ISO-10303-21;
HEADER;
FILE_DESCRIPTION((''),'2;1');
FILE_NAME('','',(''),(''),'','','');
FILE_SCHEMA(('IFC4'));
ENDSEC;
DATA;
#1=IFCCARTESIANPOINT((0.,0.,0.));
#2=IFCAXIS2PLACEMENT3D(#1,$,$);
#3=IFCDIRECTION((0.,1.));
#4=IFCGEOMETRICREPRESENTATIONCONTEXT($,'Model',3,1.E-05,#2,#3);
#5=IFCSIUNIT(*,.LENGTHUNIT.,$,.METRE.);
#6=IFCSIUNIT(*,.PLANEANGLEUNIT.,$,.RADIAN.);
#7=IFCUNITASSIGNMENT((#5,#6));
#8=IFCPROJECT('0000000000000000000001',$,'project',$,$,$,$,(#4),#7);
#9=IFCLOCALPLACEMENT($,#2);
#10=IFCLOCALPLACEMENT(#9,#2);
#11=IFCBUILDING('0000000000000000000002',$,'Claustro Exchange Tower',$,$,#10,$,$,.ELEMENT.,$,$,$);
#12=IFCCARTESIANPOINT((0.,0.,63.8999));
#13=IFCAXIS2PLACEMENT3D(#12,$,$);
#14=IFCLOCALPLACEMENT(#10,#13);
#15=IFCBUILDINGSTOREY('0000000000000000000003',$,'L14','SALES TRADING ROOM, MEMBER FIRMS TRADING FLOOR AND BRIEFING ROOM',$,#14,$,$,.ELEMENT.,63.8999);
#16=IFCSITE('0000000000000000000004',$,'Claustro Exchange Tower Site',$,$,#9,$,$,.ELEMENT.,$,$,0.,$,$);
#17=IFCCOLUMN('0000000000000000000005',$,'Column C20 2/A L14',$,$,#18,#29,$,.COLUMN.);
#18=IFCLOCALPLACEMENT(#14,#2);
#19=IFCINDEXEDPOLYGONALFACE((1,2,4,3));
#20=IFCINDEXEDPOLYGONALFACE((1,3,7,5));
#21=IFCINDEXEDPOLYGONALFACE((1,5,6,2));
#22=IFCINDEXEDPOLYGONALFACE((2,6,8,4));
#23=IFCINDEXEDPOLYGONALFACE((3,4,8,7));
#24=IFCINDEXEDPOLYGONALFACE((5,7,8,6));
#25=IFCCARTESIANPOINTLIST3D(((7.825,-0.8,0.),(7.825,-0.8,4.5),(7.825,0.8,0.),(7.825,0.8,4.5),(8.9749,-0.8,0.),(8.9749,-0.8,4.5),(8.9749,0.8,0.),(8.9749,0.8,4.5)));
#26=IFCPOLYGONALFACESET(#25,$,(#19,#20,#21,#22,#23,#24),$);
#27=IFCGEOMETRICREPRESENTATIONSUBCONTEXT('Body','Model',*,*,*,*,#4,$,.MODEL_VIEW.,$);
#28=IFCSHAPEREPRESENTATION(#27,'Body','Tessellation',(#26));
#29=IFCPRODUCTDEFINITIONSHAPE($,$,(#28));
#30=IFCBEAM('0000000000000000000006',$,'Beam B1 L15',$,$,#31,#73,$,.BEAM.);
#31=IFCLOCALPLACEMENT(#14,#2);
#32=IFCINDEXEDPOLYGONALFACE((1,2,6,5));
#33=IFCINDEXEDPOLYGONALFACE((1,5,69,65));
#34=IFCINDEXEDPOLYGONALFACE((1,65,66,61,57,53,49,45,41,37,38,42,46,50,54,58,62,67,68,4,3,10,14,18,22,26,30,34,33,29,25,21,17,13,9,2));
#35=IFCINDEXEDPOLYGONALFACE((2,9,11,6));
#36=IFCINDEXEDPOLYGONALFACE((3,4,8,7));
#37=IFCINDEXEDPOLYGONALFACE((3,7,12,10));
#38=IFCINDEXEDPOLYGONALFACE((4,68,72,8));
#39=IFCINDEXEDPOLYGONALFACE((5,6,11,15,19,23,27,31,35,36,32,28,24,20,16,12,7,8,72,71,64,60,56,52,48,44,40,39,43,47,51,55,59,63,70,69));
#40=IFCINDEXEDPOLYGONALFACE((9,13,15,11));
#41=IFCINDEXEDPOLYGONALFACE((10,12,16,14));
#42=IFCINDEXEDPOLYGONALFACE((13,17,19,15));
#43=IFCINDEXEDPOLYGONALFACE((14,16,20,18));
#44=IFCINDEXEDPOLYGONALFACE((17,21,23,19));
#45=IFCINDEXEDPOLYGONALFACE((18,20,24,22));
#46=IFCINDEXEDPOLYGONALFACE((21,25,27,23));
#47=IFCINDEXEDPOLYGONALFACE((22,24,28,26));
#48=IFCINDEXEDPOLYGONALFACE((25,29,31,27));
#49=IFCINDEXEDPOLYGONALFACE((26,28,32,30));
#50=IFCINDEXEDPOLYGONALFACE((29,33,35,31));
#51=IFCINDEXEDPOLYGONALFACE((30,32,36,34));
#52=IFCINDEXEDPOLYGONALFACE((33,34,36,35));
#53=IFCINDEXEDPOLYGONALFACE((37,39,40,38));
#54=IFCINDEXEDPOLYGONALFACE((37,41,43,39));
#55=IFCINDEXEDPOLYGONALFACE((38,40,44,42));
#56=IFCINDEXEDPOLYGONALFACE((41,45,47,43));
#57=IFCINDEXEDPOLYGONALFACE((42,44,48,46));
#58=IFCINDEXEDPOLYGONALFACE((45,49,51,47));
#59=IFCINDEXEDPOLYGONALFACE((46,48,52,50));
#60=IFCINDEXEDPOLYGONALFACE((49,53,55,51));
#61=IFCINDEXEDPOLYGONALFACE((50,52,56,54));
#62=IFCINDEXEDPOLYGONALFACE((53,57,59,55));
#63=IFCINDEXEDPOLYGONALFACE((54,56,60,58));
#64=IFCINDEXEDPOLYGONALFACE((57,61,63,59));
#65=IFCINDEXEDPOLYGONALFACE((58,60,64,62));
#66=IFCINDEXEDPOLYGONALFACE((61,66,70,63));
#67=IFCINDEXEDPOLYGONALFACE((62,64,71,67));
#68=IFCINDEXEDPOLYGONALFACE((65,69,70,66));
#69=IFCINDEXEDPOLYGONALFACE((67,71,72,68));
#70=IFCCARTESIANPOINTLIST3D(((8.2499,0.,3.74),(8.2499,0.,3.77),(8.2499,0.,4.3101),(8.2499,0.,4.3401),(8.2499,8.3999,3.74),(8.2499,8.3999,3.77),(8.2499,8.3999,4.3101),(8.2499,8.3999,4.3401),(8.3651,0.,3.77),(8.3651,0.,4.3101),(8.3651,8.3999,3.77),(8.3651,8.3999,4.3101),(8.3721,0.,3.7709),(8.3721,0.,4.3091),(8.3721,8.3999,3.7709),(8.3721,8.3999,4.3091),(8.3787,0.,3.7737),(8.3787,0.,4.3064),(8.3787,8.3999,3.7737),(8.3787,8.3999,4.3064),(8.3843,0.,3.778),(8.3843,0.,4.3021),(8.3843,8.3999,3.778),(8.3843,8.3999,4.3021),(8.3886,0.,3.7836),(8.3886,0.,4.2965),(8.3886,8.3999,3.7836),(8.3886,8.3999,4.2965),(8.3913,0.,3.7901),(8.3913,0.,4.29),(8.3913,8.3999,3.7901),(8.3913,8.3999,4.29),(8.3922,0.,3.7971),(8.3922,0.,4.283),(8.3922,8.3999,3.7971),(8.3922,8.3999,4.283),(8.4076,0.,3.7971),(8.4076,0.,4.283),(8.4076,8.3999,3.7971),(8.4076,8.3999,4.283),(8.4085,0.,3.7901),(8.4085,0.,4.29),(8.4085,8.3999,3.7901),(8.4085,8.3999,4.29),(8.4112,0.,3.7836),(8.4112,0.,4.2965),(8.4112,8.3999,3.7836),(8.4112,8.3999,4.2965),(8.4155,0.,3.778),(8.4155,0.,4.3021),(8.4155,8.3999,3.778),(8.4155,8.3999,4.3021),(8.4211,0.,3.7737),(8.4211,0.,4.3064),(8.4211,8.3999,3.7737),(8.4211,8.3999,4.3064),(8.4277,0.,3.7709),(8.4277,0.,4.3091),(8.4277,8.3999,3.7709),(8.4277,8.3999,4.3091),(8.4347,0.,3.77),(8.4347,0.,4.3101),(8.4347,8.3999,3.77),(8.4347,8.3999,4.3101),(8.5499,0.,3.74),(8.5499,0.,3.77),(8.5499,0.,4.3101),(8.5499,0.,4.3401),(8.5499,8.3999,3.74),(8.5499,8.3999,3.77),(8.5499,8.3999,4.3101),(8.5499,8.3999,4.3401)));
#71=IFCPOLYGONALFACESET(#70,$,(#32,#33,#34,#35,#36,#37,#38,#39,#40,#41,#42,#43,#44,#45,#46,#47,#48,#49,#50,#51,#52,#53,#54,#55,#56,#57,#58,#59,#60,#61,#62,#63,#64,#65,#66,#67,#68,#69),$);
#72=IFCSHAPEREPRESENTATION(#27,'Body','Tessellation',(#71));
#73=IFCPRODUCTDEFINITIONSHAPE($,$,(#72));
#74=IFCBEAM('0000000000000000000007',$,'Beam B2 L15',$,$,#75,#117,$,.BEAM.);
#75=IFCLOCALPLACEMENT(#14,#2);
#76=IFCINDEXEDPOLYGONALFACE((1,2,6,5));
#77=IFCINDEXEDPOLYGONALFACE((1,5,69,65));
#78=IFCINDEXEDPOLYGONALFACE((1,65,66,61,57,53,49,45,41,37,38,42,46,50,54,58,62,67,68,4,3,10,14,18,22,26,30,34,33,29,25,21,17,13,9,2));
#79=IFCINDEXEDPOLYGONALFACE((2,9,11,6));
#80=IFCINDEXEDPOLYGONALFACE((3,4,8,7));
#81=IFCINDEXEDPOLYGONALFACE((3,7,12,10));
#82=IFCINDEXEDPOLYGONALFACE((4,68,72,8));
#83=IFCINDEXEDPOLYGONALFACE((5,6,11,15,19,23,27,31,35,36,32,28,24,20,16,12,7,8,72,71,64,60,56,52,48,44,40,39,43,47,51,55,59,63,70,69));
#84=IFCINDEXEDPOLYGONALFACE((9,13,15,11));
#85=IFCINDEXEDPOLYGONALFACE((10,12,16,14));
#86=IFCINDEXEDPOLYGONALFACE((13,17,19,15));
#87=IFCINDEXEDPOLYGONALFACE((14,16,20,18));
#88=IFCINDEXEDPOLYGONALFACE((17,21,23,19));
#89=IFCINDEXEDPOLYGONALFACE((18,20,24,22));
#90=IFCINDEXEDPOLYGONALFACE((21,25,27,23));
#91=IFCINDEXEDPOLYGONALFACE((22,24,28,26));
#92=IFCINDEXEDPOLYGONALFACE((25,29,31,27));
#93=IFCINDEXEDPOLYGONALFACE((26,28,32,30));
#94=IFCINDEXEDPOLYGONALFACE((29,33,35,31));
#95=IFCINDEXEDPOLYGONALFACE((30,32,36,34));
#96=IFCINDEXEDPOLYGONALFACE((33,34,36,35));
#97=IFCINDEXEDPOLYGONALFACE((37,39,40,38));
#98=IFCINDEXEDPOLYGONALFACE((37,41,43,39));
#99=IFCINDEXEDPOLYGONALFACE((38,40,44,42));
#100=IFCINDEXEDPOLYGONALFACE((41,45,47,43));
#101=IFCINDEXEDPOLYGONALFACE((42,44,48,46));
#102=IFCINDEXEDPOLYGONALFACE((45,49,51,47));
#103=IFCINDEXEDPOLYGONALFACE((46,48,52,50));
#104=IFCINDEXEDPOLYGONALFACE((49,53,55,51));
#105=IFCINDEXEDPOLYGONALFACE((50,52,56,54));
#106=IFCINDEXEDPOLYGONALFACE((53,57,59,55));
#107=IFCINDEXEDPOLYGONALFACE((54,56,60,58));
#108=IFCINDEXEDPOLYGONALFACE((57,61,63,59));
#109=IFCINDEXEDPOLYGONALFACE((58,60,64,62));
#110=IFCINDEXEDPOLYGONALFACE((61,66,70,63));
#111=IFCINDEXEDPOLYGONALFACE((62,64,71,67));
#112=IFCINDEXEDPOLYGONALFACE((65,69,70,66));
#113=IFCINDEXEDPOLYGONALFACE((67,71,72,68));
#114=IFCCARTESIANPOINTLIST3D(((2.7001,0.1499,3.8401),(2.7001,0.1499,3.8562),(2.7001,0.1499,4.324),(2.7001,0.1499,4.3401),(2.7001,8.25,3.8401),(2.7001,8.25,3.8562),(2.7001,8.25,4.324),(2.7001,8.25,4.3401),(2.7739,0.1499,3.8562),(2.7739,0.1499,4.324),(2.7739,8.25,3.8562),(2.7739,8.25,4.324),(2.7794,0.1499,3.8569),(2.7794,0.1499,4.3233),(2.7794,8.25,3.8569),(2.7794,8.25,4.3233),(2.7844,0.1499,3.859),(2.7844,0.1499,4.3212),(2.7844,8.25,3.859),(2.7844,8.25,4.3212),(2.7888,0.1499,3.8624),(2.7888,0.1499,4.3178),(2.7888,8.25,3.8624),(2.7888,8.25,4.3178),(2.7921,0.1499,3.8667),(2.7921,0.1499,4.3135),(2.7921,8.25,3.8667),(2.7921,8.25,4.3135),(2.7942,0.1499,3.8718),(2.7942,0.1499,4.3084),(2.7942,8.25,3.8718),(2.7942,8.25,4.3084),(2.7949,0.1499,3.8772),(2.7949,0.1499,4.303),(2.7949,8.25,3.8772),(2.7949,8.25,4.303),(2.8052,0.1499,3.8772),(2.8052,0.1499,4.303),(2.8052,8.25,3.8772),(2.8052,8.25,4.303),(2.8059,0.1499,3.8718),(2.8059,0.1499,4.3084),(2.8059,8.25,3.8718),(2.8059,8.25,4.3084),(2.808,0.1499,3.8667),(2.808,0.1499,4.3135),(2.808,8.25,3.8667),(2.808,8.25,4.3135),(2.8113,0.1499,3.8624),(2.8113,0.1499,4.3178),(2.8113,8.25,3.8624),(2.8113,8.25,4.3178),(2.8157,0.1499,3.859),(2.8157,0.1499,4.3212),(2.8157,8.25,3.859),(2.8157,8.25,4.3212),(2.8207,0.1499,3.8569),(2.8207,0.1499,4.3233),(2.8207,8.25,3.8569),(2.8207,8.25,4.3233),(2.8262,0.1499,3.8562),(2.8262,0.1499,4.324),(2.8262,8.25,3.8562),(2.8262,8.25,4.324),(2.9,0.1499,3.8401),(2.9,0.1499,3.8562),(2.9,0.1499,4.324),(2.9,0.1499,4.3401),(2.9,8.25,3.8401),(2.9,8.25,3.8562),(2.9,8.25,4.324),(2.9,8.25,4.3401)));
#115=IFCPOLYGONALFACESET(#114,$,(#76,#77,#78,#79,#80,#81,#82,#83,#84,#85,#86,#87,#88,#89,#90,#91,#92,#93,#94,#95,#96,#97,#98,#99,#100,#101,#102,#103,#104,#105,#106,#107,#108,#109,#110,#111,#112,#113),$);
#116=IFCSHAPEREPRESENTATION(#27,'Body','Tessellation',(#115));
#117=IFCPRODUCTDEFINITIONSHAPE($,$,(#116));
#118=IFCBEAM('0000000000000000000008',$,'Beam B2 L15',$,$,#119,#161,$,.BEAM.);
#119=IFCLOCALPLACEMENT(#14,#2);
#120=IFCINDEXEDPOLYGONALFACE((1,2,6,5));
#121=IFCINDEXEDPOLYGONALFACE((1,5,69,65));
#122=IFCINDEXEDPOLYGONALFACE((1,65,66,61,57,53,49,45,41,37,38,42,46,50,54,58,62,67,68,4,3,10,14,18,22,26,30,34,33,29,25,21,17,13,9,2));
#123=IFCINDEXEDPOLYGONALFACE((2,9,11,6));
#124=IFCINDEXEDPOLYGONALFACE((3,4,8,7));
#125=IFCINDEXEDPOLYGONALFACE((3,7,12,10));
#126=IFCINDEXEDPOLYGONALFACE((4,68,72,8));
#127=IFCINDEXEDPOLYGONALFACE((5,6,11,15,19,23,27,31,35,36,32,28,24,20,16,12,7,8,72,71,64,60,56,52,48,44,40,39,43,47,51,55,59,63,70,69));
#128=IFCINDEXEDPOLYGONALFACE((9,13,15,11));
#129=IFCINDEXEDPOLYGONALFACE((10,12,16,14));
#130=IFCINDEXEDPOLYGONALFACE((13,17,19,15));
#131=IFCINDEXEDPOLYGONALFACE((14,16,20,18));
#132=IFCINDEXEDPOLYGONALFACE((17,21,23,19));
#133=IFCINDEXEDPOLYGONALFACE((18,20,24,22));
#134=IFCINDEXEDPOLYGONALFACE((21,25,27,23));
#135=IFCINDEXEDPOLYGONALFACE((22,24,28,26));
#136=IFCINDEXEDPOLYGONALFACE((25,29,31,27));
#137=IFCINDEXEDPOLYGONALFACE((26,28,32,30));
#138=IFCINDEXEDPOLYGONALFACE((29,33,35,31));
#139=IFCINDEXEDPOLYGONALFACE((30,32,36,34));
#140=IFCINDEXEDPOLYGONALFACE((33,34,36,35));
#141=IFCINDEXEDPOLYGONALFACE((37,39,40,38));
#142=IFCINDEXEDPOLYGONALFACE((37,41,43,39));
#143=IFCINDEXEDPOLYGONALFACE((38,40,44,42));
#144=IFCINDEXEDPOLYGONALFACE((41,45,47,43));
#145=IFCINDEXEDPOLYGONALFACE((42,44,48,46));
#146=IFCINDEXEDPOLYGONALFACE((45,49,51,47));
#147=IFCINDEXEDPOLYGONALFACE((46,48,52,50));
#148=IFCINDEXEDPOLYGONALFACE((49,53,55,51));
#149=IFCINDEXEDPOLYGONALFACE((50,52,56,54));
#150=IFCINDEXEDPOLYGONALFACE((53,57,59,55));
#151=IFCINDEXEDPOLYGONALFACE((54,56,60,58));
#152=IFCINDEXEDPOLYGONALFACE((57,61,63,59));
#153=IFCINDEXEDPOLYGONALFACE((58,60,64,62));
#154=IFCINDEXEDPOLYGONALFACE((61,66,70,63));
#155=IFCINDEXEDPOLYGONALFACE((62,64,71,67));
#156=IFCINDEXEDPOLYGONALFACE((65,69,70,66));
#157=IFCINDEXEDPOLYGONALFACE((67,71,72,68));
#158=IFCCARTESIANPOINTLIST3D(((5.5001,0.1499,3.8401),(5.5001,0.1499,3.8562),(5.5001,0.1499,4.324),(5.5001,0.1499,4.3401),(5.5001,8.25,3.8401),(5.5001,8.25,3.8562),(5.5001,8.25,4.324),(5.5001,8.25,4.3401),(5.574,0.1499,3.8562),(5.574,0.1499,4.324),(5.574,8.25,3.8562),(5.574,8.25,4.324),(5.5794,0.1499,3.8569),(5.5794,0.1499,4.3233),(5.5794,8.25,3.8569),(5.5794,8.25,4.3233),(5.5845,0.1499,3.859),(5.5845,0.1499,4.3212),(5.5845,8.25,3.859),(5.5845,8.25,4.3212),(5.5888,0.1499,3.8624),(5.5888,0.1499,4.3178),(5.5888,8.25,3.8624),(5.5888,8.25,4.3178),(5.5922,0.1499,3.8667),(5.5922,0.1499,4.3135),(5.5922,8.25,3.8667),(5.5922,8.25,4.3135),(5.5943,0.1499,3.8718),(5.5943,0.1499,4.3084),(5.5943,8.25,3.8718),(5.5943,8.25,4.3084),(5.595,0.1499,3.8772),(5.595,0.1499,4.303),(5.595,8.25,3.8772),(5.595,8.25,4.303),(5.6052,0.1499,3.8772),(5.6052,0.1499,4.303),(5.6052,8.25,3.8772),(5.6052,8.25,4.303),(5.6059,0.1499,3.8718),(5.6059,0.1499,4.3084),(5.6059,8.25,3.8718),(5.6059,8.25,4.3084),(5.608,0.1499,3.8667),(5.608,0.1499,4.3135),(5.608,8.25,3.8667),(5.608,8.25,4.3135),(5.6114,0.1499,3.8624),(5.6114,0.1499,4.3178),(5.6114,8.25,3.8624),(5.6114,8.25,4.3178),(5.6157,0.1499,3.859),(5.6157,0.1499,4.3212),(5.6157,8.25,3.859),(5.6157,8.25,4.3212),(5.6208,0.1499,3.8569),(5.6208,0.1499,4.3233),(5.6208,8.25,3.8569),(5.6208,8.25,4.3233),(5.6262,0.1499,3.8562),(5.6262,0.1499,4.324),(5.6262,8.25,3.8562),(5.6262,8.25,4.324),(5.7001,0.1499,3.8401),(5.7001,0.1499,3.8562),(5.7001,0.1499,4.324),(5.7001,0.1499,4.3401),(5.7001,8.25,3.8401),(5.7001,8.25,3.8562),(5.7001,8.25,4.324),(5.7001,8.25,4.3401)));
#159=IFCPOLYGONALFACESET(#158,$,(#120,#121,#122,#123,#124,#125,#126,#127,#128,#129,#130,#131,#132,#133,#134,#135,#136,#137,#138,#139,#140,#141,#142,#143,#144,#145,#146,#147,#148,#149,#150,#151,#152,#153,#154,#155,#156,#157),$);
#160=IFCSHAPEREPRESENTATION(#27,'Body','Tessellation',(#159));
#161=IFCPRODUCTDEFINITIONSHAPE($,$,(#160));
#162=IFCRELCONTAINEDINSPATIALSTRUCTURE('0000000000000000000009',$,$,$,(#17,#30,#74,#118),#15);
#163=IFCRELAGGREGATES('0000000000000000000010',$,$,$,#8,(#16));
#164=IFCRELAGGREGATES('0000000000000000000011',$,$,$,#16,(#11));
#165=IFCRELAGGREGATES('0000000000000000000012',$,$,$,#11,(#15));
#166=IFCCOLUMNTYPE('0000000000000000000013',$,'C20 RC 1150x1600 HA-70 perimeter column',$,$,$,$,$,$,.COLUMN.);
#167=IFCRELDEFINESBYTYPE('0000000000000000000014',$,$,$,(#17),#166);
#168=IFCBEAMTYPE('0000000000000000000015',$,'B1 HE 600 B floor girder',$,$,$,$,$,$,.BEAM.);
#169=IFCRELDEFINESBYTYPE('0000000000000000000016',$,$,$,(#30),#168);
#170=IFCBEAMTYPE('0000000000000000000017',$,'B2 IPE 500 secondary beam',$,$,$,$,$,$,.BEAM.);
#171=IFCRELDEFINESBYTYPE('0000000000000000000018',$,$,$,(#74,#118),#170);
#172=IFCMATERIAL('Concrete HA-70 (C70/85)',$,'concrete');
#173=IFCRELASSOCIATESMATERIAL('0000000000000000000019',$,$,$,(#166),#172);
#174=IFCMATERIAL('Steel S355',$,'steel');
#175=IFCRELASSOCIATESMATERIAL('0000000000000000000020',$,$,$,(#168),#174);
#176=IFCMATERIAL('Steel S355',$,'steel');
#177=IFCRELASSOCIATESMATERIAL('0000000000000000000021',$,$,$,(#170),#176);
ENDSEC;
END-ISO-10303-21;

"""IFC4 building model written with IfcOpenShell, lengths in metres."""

from ifc_helpers import new_model, si_unit, direction, frame, origin, origin_2d, place, context, subcontext, project, spatial, rectangle, i_section, extrude, material, material_profile, profile_set, type_object, element, save


model = new_model("IFC4")

# Units and contexts
model_context = context("Model", 3, precision=1e-05, world=origin(), true_north=direction((0.0, 1.0)))
body_context = subcontext(model_context, "Body", "Model", "MODEL_VIEW")
ifc_project = project(units=[si_unit("LENGTHUNIT", "METRE"), si_unit("PLANEANGLEUNIT", "RADIAN")], contexts=[model_context])

# Site, building, storey
site_placement = place(None, origin())
site = spatial("IfcSite", under=ifc_project, at=site_placement, Name="Claustro Exchange Tower Site", CompositionType="ELEMENT", RefElevation=0.0)
building_placement = place(site_placement, origin())
building = spatial("IfcBuilding", under=site, at=building_placement, Name="Claustro Exchange Tower", CompositionType="ELEMENT")
storey_placement = place(building_placement, frame((0.0, 0.0, 63.8999)))
storey = spatial("IfcBuildingStorey", under=building, at=storey_placement, Name="L14", Description="SALES TRADING ROOM, MEMBER FIRMS TRADING FLOOR AND BRIEFING ROOM", CompositionType="ELEMENT", Elevation=63.8999)

# Column
ifc_material_1 = material(Name="Concrete HA-70 (C70/85)", Category="concrete")
ifc_material_profile_1 = material_profile(ifc_material_1, rectangle(XDim=1.1499, YDim=1.6001, at=origin_2d()), Name="RC 1150x1600")
ifc_profile_set_1 = profile_set([ifc_material_profile_1], Name="Concrete HA-70 (C70/85)")
column_type = type_object("IfcColumnType", Name="C20 RC 1150x1600 HA-70 perimeter column", PredefinedType="COLUMN", material=ifc_profile_set_1)
column_placement = place(storey_placement, frame((8.3999, 0.0, 0.0), z_axis=(0.0, 0.0, 1.0), x_axis=(1.0, 0.0, 0.0)))
element("IfcColumn", 1, at=column_placement, inside=storey, type_object=column_type, Name="Column C20 2/A L14", PredefinedType="COLUMN", context=body_context, shape_type="SweptSolid", body=[
    extrude(rectangle(XDim=1.1499, YDim=1.6001, at=origin_2d()), origin(), (0.0, 0.0, 1.0), 4.5),
])

# Beams
ifc_material_2 = material(Name="Steel S355", Category="steel")
ifc_material_profile_2 = material_profile(ifc_material_2, i_section(OverallWidth=0.3, OverallDepth=0.6001, WebThickness=0.0154, FlangeThickness=0.03, FilletRadius=0.0271, at=origin_2d()), Name="HE 600 B")
ifc_profile_set_2 = profile_set([ifc_material_profile_2], Name="Steel S355")
beam_type_1 = type_object("IfcBeamType", Name="B1 HE 600 B floor girder", PredefinedType="BEAM", material=ifc_profile_set_2)
beam_1_placement = place(storey_placement, frame((8.3999, 0.0, 4.04), z_axis=(0.0, 1.0, 0.0), x_axis=(-1.0, 0.0, 0.0)))
element("IfcBeam", 2, at=beam_1_placement, inside=storey, type_object=beam_type_1, Name="Beam B1 L15", PredefinedType="BEAM", context=body_context, shape_type="SweptSolid", body=[
    extrude(i_section(OverallWidth=0.3, OverallDepth=0.6001, WebThickness=0.0154, FlangeThickness=0.03, FilletRadius=0.0271, at=origin_2d()), origin(), (0.0, 0.0, 1.0), 8.3999),
])
ifc_material_3 = material(Name="Steel S355", Category="steel")
ifc_material_profile_3 = material_profile(ifc_material_3, i_section(OverallWidth=0.2, OverallDepth=0.5, WebThickness=0.0103, FlangeThickness=0.0161, FilletRadius=0.021, at=origin_2d()), Name="IPE 500")
ifc_profile_set_3 = profile_set([ifc_material_profile_3], Name="Steel S355")
beam_type_2 = type_object("IfcBeamType", Name="B2 IPE 500 secondary beam", PredefinedType="BEAM", material=ifc_profile_set_3)
for number, where, z_axis, x_axis, name in (
    (3, (2.8, 0.1499, 4.0901), (0.0, 1.0, 0.0), (-1.0, 0.0, 0.0), "Beam B2 L15"),
    (4, (5.6001, 0.1499, 4.0901), (0.0, 1.0, 0.0), (-1.0, 0.0, 0.0), "Beam B2 L15"),
):
    element("IfcBeam", number, at=place(storey_placement, frame(where, z_axis=z_axis, x_axis=x_axis)), inside=storey, type_object=beam_type_2, Name=name, PredefinedType="BEAM", context=body_context, shape_type="SweptSolid", body=[
        extrude(i_section(OverallWidth=0.2, OverallDepth=0.5, WebThickness=0.0103, FlangeThickness=0.0161, FilletRadius=0.021, at=origin_2d()), origin(), (0.0, 0.0, 1.0), 8.1001),
    ])

save(model, "model.ifc")
